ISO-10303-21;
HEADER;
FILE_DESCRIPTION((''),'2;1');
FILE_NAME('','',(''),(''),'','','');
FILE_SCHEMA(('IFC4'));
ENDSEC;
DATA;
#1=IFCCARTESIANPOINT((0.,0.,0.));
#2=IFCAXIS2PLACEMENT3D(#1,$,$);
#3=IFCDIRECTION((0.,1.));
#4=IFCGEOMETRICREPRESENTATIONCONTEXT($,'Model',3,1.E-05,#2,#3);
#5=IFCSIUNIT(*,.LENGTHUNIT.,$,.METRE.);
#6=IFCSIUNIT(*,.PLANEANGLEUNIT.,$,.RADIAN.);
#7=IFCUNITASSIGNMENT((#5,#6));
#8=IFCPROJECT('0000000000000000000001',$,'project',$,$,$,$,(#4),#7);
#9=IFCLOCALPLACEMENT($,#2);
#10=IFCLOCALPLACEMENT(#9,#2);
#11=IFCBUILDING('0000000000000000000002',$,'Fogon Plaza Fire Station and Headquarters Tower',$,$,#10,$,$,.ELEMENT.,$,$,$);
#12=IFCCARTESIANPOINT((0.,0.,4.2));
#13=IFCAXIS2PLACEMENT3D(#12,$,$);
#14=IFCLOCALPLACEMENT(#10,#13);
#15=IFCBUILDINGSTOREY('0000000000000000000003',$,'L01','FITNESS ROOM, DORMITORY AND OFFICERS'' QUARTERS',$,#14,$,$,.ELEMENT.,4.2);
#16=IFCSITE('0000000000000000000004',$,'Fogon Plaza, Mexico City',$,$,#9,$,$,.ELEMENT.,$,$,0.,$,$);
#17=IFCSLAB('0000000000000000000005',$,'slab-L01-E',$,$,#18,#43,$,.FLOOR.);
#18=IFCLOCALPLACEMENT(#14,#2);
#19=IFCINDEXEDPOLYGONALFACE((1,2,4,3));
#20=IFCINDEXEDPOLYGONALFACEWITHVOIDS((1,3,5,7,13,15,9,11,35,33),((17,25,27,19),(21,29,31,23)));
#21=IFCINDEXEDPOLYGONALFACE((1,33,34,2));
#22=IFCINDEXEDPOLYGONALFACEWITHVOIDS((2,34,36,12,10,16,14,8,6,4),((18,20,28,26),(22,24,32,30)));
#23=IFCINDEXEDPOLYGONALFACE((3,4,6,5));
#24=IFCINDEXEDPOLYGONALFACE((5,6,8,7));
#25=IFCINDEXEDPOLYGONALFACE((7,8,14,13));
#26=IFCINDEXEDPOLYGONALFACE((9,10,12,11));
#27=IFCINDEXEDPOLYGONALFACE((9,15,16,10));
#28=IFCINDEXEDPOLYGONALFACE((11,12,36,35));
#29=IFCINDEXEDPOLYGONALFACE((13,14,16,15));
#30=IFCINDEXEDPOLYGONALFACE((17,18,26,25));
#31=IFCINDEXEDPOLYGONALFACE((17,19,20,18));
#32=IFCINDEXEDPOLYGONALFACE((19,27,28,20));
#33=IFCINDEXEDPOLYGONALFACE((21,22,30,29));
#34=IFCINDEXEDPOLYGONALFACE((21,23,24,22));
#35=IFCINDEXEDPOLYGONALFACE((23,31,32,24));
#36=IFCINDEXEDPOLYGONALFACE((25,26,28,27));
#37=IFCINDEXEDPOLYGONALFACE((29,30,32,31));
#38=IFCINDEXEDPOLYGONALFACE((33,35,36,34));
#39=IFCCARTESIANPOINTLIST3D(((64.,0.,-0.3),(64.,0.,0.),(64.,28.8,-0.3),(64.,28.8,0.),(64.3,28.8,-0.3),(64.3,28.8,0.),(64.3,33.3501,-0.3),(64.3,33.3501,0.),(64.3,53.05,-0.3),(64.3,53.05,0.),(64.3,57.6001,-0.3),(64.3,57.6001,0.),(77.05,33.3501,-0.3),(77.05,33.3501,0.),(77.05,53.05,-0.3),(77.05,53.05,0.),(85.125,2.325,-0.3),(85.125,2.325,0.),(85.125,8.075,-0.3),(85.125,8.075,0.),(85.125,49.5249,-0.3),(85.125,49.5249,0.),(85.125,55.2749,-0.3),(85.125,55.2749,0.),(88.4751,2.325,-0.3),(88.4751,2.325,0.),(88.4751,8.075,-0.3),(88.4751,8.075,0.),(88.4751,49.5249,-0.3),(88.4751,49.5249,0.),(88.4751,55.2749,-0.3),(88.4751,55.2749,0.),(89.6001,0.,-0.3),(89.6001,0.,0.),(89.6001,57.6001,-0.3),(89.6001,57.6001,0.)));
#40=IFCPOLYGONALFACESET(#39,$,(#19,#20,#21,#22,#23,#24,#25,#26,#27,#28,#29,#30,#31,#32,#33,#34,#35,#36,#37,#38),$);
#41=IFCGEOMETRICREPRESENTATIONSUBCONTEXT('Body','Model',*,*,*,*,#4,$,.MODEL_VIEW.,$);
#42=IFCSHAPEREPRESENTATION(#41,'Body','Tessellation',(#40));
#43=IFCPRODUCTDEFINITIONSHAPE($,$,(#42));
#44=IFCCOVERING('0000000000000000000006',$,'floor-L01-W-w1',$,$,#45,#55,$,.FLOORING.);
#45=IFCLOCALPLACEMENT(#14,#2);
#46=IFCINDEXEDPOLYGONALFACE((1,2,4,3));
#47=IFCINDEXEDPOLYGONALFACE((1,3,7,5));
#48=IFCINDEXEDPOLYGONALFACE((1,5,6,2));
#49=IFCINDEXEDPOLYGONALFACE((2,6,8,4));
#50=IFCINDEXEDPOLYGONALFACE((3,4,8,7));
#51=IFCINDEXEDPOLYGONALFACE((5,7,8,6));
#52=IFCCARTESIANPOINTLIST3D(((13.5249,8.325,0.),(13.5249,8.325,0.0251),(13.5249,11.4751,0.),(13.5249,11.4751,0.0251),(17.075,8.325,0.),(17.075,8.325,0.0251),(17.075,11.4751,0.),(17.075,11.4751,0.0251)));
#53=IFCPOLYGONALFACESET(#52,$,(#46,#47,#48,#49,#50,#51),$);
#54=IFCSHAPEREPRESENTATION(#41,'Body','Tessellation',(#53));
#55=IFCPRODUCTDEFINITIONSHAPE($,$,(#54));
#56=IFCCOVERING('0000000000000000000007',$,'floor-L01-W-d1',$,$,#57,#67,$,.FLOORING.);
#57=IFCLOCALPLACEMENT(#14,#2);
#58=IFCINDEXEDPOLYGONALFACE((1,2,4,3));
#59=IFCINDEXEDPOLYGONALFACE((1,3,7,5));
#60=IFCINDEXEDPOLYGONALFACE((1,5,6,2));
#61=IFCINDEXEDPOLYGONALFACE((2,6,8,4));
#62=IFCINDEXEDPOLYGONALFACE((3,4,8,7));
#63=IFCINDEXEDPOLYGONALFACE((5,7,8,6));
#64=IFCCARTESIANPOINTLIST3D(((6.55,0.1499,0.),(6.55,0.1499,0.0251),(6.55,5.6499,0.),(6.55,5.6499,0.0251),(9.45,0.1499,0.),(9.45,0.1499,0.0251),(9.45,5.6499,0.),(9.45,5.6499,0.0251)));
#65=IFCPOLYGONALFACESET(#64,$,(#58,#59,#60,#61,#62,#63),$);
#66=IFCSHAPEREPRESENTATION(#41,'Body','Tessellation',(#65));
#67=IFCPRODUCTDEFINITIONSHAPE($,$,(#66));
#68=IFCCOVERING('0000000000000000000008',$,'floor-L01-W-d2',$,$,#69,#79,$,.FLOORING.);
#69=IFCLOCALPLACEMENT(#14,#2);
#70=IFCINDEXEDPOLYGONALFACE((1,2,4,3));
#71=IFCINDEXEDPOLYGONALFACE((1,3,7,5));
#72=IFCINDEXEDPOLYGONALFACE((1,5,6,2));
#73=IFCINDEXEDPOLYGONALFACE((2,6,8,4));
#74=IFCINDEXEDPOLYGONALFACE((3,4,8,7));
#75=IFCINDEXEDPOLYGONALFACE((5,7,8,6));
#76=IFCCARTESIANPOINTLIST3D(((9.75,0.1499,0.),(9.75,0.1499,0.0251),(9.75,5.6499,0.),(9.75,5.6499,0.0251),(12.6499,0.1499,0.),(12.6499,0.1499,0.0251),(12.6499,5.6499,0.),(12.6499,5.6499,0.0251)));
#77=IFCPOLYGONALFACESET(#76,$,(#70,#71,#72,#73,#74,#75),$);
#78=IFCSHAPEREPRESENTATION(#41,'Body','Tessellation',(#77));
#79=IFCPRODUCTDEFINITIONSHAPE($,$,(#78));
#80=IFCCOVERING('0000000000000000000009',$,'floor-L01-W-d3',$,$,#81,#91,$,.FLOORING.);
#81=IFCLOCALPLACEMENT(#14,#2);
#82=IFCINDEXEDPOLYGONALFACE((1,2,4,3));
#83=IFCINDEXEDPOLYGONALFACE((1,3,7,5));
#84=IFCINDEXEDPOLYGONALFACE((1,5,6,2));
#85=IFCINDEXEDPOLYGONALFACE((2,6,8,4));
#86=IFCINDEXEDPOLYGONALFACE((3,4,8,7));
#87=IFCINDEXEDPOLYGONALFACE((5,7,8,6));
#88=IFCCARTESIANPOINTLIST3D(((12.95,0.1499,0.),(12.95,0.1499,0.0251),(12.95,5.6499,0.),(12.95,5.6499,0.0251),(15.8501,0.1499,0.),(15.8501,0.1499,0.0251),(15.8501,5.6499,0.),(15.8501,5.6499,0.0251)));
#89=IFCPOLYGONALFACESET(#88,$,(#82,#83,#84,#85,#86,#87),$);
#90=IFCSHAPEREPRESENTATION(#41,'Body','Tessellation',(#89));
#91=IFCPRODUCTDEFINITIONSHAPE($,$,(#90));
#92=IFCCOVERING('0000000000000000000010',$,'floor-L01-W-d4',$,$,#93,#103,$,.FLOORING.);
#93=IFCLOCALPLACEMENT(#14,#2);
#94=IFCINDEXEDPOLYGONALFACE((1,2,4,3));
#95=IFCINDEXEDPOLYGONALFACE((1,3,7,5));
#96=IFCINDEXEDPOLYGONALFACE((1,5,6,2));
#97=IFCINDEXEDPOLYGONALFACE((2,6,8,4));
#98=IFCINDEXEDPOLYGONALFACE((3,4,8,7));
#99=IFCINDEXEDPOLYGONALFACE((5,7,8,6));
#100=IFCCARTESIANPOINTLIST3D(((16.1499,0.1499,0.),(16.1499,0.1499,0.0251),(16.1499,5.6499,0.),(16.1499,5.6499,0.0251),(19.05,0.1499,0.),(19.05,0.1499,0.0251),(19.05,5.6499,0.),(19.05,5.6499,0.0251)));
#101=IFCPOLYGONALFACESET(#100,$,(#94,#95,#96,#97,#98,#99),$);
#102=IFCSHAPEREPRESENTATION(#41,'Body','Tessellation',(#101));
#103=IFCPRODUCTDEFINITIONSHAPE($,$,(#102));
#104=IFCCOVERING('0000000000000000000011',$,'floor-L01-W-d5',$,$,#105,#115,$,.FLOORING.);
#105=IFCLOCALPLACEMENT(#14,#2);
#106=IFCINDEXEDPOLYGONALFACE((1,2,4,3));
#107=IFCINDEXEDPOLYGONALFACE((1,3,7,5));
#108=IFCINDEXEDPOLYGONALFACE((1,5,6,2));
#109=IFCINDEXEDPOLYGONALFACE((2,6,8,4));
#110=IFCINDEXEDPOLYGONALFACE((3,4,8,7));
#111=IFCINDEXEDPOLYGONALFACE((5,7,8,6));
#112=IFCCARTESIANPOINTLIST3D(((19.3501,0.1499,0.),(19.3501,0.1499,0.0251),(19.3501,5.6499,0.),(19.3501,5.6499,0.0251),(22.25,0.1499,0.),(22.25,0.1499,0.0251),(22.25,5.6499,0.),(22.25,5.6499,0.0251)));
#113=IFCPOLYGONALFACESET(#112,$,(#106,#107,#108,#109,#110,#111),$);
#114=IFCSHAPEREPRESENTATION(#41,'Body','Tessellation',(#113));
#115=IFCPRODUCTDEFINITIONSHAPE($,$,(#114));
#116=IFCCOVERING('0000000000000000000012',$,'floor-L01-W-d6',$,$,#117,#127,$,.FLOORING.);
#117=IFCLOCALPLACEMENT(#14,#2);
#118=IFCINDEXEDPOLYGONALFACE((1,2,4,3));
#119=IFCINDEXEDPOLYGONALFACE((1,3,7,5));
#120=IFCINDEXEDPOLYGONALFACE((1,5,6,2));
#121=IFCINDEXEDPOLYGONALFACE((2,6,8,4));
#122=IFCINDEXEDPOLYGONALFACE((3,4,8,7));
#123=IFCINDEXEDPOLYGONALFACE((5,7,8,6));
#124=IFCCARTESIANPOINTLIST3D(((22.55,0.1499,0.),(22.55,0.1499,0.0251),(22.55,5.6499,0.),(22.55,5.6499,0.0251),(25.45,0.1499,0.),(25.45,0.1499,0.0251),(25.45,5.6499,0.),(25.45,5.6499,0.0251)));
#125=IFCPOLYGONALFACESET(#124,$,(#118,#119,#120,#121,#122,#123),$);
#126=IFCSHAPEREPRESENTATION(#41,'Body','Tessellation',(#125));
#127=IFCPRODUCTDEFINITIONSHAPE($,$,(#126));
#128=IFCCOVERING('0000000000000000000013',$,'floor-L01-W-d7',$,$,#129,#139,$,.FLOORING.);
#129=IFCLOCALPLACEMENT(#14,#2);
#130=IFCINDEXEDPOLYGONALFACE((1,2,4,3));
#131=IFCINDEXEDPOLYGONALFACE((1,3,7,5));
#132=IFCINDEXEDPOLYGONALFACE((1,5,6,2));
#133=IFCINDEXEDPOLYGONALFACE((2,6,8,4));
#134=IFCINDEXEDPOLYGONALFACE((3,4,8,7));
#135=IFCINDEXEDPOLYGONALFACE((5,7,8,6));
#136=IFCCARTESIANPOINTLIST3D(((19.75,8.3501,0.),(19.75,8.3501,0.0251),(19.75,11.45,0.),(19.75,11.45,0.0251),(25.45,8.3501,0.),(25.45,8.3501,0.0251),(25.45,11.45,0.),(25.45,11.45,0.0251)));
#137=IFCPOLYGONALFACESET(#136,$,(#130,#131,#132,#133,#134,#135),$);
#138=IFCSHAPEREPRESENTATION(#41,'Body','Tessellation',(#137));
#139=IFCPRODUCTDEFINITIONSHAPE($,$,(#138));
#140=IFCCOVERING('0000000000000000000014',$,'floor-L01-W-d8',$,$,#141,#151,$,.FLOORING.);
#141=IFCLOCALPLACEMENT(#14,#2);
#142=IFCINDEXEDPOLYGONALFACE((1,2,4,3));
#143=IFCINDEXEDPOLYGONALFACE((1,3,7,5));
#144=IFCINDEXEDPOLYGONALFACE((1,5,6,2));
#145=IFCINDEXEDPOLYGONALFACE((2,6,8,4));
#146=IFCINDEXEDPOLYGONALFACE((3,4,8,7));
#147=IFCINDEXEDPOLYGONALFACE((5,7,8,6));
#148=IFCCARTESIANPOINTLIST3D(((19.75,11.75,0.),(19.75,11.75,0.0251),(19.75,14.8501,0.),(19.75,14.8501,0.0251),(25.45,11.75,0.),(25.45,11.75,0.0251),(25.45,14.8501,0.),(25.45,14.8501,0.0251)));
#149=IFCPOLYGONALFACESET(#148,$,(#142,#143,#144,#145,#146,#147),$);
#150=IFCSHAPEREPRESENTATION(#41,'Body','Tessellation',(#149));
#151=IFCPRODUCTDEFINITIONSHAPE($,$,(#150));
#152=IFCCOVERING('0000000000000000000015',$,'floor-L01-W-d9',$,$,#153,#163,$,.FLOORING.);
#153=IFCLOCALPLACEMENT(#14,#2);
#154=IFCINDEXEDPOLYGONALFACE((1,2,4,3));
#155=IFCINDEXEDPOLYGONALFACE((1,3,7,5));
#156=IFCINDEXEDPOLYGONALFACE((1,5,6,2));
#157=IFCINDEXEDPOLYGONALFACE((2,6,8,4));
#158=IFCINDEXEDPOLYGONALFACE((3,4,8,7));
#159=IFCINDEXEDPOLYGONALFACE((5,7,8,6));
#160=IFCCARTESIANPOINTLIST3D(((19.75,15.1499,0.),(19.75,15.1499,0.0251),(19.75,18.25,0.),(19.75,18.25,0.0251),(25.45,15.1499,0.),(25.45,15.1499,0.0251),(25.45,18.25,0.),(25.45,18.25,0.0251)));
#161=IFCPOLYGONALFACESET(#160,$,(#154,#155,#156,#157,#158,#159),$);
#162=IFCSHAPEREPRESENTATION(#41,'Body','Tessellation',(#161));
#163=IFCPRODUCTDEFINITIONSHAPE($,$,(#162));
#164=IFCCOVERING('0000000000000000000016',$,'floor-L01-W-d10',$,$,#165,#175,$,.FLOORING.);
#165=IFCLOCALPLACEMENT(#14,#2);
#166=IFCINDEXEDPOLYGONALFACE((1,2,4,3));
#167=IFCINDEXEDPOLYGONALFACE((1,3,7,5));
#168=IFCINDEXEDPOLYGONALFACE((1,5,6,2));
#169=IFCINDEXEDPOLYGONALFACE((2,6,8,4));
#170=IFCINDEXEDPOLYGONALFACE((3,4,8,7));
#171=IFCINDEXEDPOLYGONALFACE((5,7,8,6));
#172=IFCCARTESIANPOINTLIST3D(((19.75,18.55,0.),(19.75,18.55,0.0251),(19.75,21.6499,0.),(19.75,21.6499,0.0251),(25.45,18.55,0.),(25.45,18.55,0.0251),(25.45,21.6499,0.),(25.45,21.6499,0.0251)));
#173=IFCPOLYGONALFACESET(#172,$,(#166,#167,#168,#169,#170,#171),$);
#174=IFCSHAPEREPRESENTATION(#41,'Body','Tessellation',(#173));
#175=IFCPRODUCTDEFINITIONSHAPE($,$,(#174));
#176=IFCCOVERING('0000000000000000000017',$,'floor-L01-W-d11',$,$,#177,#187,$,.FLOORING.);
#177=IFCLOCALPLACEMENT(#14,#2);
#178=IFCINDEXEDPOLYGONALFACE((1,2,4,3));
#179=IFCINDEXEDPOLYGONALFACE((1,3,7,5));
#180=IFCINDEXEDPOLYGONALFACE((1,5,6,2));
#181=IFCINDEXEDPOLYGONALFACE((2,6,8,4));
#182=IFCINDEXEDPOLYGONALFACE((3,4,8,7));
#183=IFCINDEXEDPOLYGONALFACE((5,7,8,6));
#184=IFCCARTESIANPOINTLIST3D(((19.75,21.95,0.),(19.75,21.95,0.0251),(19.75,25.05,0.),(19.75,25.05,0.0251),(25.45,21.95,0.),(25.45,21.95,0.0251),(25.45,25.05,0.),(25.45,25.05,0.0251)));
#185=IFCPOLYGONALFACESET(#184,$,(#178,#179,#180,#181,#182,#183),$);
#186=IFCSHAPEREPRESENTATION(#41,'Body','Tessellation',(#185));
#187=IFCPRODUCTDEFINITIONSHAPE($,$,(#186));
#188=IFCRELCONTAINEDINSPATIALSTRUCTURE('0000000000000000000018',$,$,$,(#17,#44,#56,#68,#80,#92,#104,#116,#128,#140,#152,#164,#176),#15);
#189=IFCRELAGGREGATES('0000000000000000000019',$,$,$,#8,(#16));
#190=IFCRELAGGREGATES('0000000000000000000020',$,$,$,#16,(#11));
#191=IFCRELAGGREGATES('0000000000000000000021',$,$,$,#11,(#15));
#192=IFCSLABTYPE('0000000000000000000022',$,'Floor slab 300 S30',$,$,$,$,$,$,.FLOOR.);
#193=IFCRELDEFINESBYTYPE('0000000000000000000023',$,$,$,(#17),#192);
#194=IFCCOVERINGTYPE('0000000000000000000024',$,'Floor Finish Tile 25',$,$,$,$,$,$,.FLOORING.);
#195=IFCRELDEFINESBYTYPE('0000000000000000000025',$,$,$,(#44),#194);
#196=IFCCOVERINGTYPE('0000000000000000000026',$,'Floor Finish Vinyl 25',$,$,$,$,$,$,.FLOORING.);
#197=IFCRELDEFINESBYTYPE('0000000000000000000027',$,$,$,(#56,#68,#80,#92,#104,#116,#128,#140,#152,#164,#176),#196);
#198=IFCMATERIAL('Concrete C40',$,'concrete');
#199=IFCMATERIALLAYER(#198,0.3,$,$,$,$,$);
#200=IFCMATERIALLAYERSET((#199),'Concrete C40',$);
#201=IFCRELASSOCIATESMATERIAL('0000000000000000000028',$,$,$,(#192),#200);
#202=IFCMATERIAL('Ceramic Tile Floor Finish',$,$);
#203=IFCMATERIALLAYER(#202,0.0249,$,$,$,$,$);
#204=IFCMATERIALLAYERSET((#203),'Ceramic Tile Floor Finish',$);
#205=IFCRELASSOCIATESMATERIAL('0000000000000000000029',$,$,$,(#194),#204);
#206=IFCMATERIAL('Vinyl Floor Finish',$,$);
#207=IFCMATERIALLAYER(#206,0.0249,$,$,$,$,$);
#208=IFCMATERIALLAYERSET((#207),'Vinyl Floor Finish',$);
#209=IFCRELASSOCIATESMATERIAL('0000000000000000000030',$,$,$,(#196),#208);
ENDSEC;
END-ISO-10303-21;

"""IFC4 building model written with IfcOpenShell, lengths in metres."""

from ifc_helpers import new_model, si_unit, direction, frame, origin, place, context, subcontext, project, spatial, polyline, outline, extrude, material, layer, layer_set, type_object, element, save


model = new_model("IFC4")

# Units and contexts
model_context = context("Model", 3, precision=1e-05, world=origin(), true_north=direction((0.0, 1.0)))
body_context = subcontext(model_context, "Body", "Model", "MODEL_VIEW")
ifc_project = project(units=[si_unit("LENGTHUNIT", "METRE"), si_unit("PLANEANGLEUNIT", "RADIAN")], contexts=[model_context])

# Site, building, storey
site_placement = place(None, origin())
site = spatial("IfcSite", under=ifc_project, at=site_placement, Name="Fogon Plaza, Mexico City", CompositionType="ELEMENT", RefElevation=0.0)
building_placement = place(site_placement, origin())
building = spatial("IfcBuilding", under=site, at=building_placement, Name="Fogon Plaza Fire Station and Headquarters Tower", CompositionType="ELEMENT")
storey_placement = place(building_placement, frame((0.0, 0.0, 4.2)))
storey = spatial("IfcBuildingStorey", under=building, at=storey_placement, Name="L01", Description="FITNESS ROOM, DORMITORY AND OFFICERS' QUARTERS", CompositionType="ELEMENT", Elevation=4.2)

# Slab
ifc_material_1 = material(Name="Concrete C40", Category="concrete")
ifc_layer_1 = layer(ifc_material_1, 0.3)
ifc_layer_set_1 = layer_set([ifc_layer_1], Name="Concrete C40")
slab_type_1 = type_object("IfcSlabType", Name="Floor slab 300 S30", PredefinedType="FLOOR", material=ifc_layer_set_1)
slab_1_placement = place(storey_placement, frame((0.0, 0.0, -0.3)))
element("IfcSlab", 1, at=slab_1_placement, inside=storey, type_object=slab_type_1, Name="slab-L01-E", PredefinedType="FLOOR", context=body_context, shape_type="SweptSolid", body=[
    extrude(outline(polyline([(64.0, 0.0), (89.6001, 0.0), (89.6001, 57.6001), (64.3, 57.6001), (64.3, 53.05), (77.05, 53.05), (77.05, 33.3501), (64.3, 33.3501), (64.3, 28.8), (64.0, 28.8), (64.0, 0.0)]), holes=[polyline([(85.125, 2.325), (85.125, 8.075), (88.4751, 8.075), (88.4751, 2.325), (85.125, 2.325)]), polyline([(88.4751, 49.5249), (85.125, 49.5249), (85.125, 55.2749), (88.4751, 55.2749), (88.4751, 49.5249)])]), origin(), (0.0, 0.0, 1.0), 0.3),
])

# Coverings
ifc_material_2 = material(Name="Ceramic Tile Floor Finish")
ifc_layer_2 = layer(ifc_material_2, 0.0249)
ifc_layer_set_2 = layer_set([ifc_layer_2], Name="Ceramic Tile Floor Finish")
covering_type_1 = type_object("IfcCoveringType", Name="Floor Finish Tile 25", PredefinedType="FLOORING", material=ifc_layer_set_2)
covering_1_placement = place(storey_placement, origin())
element("IfcCovering", 2, at=covering_1_placement, inside=storey, type_object=covering_type_1, Name="floor-L01-W-w1", PredefinedType="FLOORING", context=body_context, shape_type="SweptSolid", body=[
    extrude(outline(polyline([(13.5249, 8.325), (13.5249, 11.4751), (17.075, 11.4751), (17.075, 8.325), (13.5249, 8.325)])), origin(), (0.0, 0.0, 1.0), 0.0251),
])
ifc_material_3 = material(Name="Vinyl Floor Finish")
ifc_layer_3 = layer(ifc_material_3, 0.0249)
ifc_layer_set_3 = layer_set([ifc_layer_3], Name="Vinyl Floor Finish")
covering_type_2 = type_object("IfcCoveringType", Name="Floor Finish Vinyl 25", PredefinedType="FLOORING", material=ifc_layer_set_3)
covering_2_placement = place(storey_placement, origin())
element("IfcCovering", 3, at=covering_2_placement, inside=storey, type_object=covering_type_2, Name="floor-L01-W-d1", PredefinedType="FLOORING", context=body_context, shape_type="SweptSolid", body=[
    extrude(outline(polyline([(6.55, 0.1499), (6.55, 5.6499), (9.45, 5.6499), (9.45, 0.1499), (6.55, 0.1499)])), origin(), (0.0, 0.0, 1.0), 0.0251),
])
covering_3_placement = place(storey_placement, origin())
element("IfcCovering", 4, at=covering_3_placement, inside=storey, type_object=covering_type_2, Name="floor-L01-W-d2", PredefinedType="FLOORING", context=body_context, shape_type="SweptSolid", body=[
    extrude(outline(polyline([(9.75, 0.1499), (9.75, 5.6499), (12.6499, 5.6499), (12.6499, 0.1499), (9.75, 0.1499)])), origin(), (0.0, 0.0, 1.0), 0.0251),
])
covering_4_placement = place(storey_placement, origin())
element("IfcCovering", 5, at=covering_4_placement, inside=storey, type_object=covering_type_2, Name="floor-L01-W-d3", PredefinedType="FLOORING", context=body_context, shape_type="SweptSolid", body=[
    extrude(outline(polyline([(12.95, 0.1499), (12.95, 5.6499), (15.8501, 5.6499), (15.8501, 0.1499), (12.95, 0.1499)])), origin(), (0.0, 0.0, 1.0), 0.0251),
])
covering_5_placement = place(storey_placement, origin())
element("IfcCovering", 6, at=covering_5_placement, inside=storey, type_object=covering_type_2, Name="floor-L01-W-d4", PredefinedType="FLOORING", context=body_context, shape_type="SweptSolid", body=[
    extrude(outline(polyline([(16.1499, 0.1499), (16.1499, 5.6499), (19.05, 5.6499), (19.05, 0.1499), (16.1499, 0.1499)])), origin(), (0.0, 0.0, 1.0), 0.0251),
])
covering_6_placement = place(storey_placement, origin())
element("IfcCovering", 7, at=covering_6_placement, inside=storey, type_object=covering_type_2, Name="floor-L01-W-d5", PredefinedType="FLOORING", context=body_context, shape_type="SweptSolid", body=[
    extrude(outline(polyline([(19.3501, 0.1499), (19.3501, 5.6499), (22.25, 5.6499), (22.25, 0.1499), (19.3501, 0.1499)])), origin(), (0.0, 0.0, 1.0), 0.0251),
])
covering_7_placement = place(storey_placement, origin())
element("IfcCovering", 8, at=covering_7_placement, inside=storey, type_object=covering_type_2, Name="floor-L01-W-d6", PredefinedType="FLOORING", context=body_context, shape_type="SweptSolid", body=[
    extrude(outline(polyline([(22.55, 0.1499), (22.55, 5.6499), (25.45, 5.6499), (25.45, 0.1499), (22.55, 0.1499)])), origin(), (0.0, 0.0, 1.0), 0.0251),
])
covering_8_placement = place(storey_placement, origin())
element("IfcCovering", 9, at=covering_8_placement, inside=storey, type_object=covering_type_2, Name="floor-L01-W-d7", PredefinedType="FLOORING", context=body_context, shape_type="SweptSolid", body=[
    extrude(outline(polyline([(19.75, 8.3501), (19.75, 11.45), (25.45, 11.45), (25.45, 8.3501), (19.75, 8.3501)])), origin(), (0.0, 0.0, 1.0), 0.0251),
])
covering_9_placement = place(storey_placement, origin())
element("IfcCovering", 10, at=covering_9_placement, inside=storey, type_object=covering_type_2, Name="floor-L01-W-d8", PredefinedType="FLOORING", context=body_context, shape_type="SweptSolid", body=[
    extrude(outline(polyline([(19.75, 11.75), (19.75, 14.8501), (25.45, 14.8501), (25.45, 11.75), (19.75, 11.75)])), origin(), (0.0, 0.0, 1.0), 0.0251),
])
covering_10_placement = place(storey_placement, origin())
element("IfcCovering", 11, at=covering_10_placement, inside=storey, type_object=covering_type_2, Name="floor-L01-W-d9", PredefinedType="FLOORING", context=body_context, shape_type="SweptSolid", body=[
    extrude(outline(polyline([(19.75, 15.1499), (19.75, 18.25), (25.45, 18.25), (25.45, 15.1499), (19.75, 15.1499)])), origin(), (0.0, 0.0, 1.0), 0.0251),
])
covering_11_placement = place(storey_placement, origin())
element("IfcCovering", 12, at=covering_11_placement, inside=storey, type_object=covering_type_2, Name="floor-L01-W-d10", PredefinedType="FLOORING", context=body_context, shape_type="SweptSolid", body=[
    extrude(outline(polyline([(19.75, 18.55), (19.75, 21.6499), (25.45, 21.6499), (25.45, 18.55), (19.75, 18.55)])), origin(), (0.0, 0.0, 1.0), 0.0251),
])
covering_12_placement = place(storey_placement, origin())
element("IfcCovering", 13, at=covering_12_placement, inside=storey, type_object=covering_type_2, Name="floor-L01-W-d11", PredefinedType="FLOORING", context=body_context, shape_type="SweptSolid", body=[
    extrude(outline(polyline([(19.75, 21.95), (19.75, 25.05), (25.45, 25.05), (25.45, 21.95), (19.75, 21.95)])), origin(), (0.0, 0.0, 1.0), 0.0251),
])

save(model, "model.ifc")
